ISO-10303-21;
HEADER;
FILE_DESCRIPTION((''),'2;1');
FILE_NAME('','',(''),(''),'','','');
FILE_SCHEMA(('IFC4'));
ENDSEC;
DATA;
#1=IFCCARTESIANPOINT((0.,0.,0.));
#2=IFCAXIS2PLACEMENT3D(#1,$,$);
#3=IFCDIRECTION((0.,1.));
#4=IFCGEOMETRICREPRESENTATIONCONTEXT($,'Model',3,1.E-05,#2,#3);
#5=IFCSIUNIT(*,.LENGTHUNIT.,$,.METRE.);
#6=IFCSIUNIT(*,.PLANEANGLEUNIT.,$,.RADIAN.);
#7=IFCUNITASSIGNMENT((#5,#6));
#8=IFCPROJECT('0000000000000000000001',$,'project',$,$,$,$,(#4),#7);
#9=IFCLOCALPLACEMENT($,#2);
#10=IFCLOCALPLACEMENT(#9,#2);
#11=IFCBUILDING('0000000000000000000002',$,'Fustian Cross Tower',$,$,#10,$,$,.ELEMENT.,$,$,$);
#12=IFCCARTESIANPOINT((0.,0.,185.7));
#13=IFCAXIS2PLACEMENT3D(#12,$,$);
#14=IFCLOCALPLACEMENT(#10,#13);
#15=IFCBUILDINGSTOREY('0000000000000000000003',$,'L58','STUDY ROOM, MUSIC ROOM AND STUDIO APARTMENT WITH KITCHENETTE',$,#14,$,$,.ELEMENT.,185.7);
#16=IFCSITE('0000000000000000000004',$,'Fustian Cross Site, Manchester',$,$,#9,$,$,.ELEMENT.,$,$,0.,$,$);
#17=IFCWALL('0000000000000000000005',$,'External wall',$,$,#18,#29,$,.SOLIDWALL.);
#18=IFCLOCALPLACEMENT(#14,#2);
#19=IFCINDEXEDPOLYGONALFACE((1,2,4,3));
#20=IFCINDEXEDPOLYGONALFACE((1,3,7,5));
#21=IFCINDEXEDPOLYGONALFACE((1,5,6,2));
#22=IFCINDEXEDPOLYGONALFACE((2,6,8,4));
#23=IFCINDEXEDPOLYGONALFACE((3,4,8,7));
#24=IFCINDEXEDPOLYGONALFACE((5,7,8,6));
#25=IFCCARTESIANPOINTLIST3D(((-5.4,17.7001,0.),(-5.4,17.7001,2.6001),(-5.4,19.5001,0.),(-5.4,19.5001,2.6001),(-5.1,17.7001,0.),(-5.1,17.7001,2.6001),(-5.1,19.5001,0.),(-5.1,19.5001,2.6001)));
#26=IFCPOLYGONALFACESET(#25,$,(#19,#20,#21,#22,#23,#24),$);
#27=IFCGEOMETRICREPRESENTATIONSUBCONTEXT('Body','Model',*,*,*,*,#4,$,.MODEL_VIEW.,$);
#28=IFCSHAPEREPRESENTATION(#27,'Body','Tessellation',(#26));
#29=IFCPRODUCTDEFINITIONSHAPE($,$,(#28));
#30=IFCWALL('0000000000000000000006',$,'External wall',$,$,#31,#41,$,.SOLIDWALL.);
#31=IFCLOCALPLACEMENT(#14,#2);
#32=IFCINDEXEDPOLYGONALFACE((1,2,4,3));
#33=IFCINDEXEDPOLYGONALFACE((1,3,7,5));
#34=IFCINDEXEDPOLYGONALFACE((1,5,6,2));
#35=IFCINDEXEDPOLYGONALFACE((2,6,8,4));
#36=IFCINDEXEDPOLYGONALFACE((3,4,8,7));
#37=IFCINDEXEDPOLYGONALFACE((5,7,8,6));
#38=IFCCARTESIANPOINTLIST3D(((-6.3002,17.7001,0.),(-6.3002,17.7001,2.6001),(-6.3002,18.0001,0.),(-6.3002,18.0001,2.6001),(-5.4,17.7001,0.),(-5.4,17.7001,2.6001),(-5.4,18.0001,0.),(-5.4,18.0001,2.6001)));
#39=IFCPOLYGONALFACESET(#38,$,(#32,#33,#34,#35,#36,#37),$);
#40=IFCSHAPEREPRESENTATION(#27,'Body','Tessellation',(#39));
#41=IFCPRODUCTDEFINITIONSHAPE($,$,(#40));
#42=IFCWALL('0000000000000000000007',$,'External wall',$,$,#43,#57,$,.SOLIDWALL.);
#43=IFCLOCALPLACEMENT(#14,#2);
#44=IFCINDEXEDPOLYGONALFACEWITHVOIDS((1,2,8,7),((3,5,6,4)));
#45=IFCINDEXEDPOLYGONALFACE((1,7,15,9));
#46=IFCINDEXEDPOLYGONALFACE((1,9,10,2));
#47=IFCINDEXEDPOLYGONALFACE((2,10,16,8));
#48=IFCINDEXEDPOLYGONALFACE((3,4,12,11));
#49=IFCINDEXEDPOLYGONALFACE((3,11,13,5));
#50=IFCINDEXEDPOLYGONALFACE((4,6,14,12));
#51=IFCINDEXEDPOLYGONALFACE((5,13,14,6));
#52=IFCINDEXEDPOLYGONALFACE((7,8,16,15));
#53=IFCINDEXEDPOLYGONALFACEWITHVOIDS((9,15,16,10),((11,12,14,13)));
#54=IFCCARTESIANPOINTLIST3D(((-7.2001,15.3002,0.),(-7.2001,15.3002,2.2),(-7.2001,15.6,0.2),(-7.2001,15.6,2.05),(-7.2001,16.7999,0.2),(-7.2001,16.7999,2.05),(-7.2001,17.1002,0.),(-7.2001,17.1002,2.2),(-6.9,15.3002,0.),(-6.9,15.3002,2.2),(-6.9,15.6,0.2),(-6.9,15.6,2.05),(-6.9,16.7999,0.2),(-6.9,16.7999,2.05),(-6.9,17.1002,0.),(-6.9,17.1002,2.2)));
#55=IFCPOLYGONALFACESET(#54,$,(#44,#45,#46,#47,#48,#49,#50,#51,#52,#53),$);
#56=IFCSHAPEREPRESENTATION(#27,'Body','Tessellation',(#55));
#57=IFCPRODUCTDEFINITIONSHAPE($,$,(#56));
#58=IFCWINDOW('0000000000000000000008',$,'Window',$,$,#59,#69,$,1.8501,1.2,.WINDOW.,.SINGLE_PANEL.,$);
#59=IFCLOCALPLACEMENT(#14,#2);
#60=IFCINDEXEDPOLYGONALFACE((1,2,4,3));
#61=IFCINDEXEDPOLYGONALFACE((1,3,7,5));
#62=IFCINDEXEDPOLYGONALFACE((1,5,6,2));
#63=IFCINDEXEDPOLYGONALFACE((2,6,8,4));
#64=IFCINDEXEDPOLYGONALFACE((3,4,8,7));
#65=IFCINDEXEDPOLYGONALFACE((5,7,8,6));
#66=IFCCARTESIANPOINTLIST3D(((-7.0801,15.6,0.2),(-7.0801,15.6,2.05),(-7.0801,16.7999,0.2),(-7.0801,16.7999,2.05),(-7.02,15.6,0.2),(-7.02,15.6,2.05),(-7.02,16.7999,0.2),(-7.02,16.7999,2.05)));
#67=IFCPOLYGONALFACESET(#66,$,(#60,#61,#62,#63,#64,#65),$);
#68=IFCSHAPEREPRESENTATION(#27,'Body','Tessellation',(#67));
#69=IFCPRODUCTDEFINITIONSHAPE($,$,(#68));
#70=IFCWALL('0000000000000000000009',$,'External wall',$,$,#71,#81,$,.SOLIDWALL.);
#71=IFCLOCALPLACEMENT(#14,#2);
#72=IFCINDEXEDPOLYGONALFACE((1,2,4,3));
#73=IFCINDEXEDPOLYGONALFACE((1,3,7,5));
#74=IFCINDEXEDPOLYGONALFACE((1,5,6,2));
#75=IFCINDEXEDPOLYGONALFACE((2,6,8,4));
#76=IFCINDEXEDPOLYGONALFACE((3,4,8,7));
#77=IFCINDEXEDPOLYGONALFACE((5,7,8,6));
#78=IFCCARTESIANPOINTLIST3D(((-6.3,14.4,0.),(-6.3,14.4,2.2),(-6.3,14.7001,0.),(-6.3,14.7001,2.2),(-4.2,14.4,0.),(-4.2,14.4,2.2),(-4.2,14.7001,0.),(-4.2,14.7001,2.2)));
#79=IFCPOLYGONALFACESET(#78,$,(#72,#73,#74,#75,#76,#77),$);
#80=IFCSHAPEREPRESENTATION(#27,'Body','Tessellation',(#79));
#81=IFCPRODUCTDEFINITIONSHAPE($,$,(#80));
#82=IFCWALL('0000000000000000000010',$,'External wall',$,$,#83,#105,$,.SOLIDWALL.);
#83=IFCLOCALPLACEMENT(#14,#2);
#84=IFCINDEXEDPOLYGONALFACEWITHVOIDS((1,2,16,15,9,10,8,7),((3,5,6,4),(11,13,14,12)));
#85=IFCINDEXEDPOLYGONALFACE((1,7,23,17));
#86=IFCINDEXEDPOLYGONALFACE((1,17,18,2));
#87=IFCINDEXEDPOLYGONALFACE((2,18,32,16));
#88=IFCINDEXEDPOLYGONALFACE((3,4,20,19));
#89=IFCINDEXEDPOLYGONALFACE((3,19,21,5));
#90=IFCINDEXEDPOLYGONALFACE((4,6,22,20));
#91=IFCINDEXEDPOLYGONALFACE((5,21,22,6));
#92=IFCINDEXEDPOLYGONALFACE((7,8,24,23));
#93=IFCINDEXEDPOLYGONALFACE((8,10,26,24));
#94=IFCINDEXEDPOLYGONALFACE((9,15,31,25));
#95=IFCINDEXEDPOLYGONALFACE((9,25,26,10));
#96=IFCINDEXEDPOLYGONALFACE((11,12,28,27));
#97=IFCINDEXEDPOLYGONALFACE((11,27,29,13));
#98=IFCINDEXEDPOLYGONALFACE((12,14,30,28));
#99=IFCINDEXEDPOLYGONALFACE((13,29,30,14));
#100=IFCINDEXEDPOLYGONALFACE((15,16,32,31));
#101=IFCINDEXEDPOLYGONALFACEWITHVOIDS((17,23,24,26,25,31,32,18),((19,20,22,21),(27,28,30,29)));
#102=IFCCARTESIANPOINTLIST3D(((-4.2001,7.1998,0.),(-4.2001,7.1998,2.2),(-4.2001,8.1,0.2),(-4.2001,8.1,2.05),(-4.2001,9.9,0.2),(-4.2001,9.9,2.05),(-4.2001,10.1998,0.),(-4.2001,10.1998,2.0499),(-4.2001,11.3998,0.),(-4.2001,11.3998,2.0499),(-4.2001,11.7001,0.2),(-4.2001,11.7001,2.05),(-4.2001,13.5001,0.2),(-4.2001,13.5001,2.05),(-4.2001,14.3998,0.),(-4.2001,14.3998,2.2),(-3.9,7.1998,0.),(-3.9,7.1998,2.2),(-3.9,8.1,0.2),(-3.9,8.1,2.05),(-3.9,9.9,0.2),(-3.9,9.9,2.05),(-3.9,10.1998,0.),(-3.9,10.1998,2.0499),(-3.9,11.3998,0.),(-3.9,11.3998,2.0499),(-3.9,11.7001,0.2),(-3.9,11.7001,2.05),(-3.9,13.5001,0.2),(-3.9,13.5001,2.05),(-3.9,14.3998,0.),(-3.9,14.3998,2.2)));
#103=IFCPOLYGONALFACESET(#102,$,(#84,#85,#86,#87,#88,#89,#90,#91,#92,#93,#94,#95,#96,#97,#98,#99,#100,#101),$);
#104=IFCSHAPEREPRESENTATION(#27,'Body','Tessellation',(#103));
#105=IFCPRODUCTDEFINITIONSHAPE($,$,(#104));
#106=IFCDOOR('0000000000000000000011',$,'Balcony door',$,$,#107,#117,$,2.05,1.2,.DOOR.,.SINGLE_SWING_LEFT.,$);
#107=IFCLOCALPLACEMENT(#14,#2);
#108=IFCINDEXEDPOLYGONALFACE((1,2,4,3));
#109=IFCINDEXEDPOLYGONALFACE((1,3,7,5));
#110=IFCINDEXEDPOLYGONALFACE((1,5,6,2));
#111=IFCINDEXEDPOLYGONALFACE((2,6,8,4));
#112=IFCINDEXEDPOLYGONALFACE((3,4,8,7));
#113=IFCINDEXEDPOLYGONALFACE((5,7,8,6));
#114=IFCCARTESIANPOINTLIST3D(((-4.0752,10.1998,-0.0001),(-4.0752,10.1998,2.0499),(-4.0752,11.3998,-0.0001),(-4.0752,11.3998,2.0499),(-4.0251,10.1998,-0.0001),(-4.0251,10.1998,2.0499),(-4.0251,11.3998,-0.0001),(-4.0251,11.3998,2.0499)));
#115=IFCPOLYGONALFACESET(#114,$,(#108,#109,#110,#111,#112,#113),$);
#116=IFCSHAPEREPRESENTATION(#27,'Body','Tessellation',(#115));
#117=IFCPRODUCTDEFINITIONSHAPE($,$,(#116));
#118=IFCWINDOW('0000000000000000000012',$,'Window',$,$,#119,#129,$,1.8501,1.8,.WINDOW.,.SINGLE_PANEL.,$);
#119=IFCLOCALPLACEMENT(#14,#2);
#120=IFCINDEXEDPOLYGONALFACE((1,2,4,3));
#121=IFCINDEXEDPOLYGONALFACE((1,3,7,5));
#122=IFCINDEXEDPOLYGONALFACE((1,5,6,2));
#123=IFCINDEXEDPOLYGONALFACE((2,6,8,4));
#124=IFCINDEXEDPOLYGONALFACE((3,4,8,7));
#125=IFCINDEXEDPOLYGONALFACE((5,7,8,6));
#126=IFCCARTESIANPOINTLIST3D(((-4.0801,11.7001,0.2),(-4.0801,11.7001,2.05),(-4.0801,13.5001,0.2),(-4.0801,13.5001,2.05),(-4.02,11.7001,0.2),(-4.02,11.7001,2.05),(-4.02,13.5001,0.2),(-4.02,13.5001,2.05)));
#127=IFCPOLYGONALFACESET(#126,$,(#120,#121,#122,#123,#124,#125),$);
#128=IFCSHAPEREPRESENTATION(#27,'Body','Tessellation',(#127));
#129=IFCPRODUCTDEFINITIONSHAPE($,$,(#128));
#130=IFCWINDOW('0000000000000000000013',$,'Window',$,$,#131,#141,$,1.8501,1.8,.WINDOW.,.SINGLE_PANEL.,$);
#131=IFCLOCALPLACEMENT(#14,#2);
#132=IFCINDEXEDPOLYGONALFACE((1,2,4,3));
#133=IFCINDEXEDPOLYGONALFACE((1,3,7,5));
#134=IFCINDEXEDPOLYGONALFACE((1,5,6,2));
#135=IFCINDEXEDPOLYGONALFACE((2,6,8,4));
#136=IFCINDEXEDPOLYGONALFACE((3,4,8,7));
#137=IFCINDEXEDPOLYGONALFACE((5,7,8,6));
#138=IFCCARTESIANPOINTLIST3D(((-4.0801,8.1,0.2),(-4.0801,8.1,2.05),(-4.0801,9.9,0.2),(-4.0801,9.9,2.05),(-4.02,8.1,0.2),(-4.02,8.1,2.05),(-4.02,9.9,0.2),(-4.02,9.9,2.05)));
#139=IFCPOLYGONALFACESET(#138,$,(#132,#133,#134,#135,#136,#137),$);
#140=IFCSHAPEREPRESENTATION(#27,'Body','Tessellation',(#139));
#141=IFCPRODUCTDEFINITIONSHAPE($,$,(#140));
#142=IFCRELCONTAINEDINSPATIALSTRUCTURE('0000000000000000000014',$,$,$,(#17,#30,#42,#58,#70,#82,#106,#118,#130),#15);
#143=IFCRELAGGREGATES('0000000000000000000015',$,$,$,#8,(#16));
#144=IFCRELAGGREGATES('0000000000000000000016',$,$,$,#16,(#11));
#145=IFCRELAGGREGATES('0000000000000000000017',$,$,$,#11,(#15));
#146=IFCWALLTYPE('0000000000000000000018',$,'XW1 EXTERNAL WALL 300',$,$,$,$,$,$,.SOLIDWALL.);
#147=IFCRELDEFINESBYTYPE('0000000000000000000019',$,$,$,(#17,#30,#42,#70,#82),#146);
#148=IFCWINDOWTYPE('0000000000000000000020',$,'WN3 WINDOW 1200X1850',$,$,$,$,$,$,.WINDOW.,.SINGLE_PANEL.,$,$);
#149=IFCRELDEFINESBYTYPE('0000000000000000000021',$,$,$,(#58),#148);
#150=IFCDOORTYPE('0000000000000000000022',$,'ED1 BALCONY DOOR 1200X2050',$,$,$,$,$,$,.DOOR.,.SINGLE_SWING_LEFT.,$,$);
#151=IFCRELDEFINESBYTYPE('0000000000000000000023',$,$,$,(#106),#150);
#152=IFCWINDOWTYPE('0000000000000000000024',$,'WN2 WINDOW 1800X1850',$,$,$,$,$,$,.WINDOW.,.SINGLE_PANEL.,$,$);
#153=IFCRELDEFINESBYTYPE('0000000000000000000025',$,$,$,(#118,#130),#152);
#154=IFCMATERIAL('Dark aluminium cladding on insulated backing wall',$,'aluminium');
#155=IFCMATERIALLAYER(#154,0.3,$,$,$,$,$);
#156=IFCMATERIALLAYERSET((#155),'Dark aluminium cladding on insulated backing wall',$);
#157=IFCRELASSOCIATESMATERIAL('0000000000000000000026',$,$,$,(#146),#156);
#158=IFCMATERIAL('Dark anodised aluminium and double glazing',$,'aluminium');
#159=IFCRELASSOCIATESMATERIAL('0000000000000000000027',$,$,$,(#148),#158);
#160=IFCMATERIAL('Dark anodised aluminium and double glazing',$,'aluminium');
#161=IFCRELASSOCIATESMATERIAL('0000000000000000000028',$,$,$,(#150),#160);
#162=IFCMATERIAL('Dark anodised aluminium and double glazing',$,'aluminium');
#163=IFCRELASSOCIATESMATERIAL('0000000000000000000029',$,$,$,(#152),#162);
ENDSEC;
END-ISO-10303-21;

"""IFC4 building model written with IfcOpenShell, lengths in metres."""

from ifc_helpers import new_model, si_unit, direction, frame, frame_2d, origin, place, context, subcontext, project, spatial, rectangle, extrude, material, layer, layer_set, type_object, element, fill, save


model = new_model("IFC4")

# Units and contexts
model_context = context("Model", 3, precision=1e-05, world=origin(), true_north=direction((0.0, 1.0)))
body_context = subcontext(model_context, "Body", "Model", "MODEL_VIEW")
ifc_project = project(units=[si_unit("LENGTHUNIT", "METRE"), si_unit("PLANEANGLEUNIT", "RADIAN")], contexts=[model_context])

# Site, building, storey
site_placement = place(None, origin())
site = spatial("IfcSite", under=ifc_project, at=site_placement, Name="Fustian Cross Site, Manchester", CompositionType="ELEMENT", RefElevation=0.0)
building_placement = place(site_placement, origin())
building = spatial("IfcBuilding", under=site, at=building_placement, Name="Fustian Cross Tower", CompositionType="ELEMENT")
storey_placement = place(building_placement, frame((0.0, 0.0, 185.7)))
storey = spatial("IfcBuildingStorey", under=building, at=storey_placement, Name="L58", Description="STUDY ROOM, MUSIC ROOM AND STUDIO APARTMENT WITH KITCHENETTE", CompositionType="ELEMENT", Elevation=185.7)

# Shared definitions
ifc_material_1 = material(Name="Dark aluminium cladding on insulated backing wall", Category="aluminium")
ifc_layer_1 = layer(ifc_material_1, 0.3)
ifc_layer_set_1 = layer_set([ifc_layer_1], Name="Dark aluminium cladding on insulated backing wall")
wall_type_1 = type_object("IfcWallType", Name="XW1 EXTERNAL WALL 300", PredefinedType="SOLIDWALL", material=ifc_layer_set_1)

# Shared definitions
ifc_material_2 = material(Name="Dark anodised aluminium and double glazing", Category="aluminium")
window_type_1 = type_object("IfcWindowType", Name="WN3 WINDOW 1200X1850", PartitioningType="SINGLE_PANEL", PredefinedType="WINDOW", material=ifc_material_2)

# Walls
wall_1_placement = place(storey_placement, frame((-5.25, 19.5, 0.0), z_axis=(0.0, 0.0, 1.0), x_axis=(0.0, -1.0, 0.0)))
element("IfcWall", 1, at=wall_1_placement, inside=storey, type_object=wall_type_1, Name="External wall", PredefinedType="SOLIDWALL", context=body_context, shape_type="SweptSolid", body=[
    extrude(rectangle(XDim=1.8, YDim=0.3, at=frame_2d((0.8999, 0.0))), origin(), (0.0, 0.0, 1.0), 2.6001),
])
wall_2_placement = place(storey_placement, frame((-5.3999, 17.8501, 0.0), z_axis=(0.0, 0.0, 1.0), x_axis=(-1.0, 0.0, 0.0)))
element("IfcWall", 2, at=wall_2_placement, inside=storey, type_object=wall_type_1, Name="External wall", PredefinedType="SOLIDWALL", context=body_context, shape_type="SweptSolid", body=[
    extrude(rectangle(XDim=0.9001, YDim=0.3, at=frame_2d((0.4502, 0.0))), origin(), (0.0, 0.0, 1.0), 2.6001),
])

# Wall, opening, window
wall_3_placement = place(storey_placement, frame((-7.05, 17.1001, 0.0), z_axis=(0.0, 0.0, 1.0), x_axis=(0.0, -1.0, 0.0)))
wall_3 = element("IfcWall", 3, at=wall_3_placement, inside=storey, type_object=wall_type_1, Name="External wall", PredefinedType="SOLIDWALL", context=body_context, shape_type="SweptSolid", body=[
    extrude(rectangle(XDim=1.8, YDim=0.3, at=frame_2d((0.8999, 0.0))), origin(), (0.0, 0.0, 1.0), 2.2),
])
opening_1_placement = place(wall_3_placement, frame((0.3, 0.0, 0.2)))
opening_1 = element("IfcOpeningElement", 4, at=opening_1_placement, cuts=wall_3, PredefinedType="OPENING", context=body_context, shape_type="SweptSolid", body=[
    extrude(rectangle(XDim=1.2, YDim=1.8501, at=frame_2d((0.6001, 0.925))), frame((0.0, 0.1599, 0.0), z_axis=(0.0, -1.0, 0.0), x_axis=(1.0, 0.0, 0.0)), (0.0, 0.0, 1.0), 0.3201),
])
window_1_placement = place(opening_1_placement, origin())
window_1 = element("IfcWindow", 5, at=window_1_placement, inside=storey, type_object=window_type_1, Name="Window", OverallHeight=1.8501, OverallWidth=1.2, PartitioningType="SINGLE_PANEL", PredefinedType="WINDOW", context=body_context, shape_type="SweptSolid", body=[
    extrude(rectangle(XDim=1.2, YDim=1.8501, at=frame_2d((0.6001, 0.925))), frame((0.0, 0.03, 0.0), z_axis=(0.0, -1.0, 0.0), x_axis=(1.0, 0.0, 0.0)), (0.0, 0.0, 1.0), 0.0601),
])
fill(opening_1, window_1)

# Wall
wall_4_placement = place(storey_placement, frame((-6.3, 14.55, 0.0), z_axis=(0.0, 0.0, 1.0), x_axis=(1.0, 0.0, 0.0)))
element("IfcWall", 6, at=wall_4_placement, inside=storey, type_object=wall_type_1, Name="External wall", PredefinedType="SOLIDWALL", context=body_context, shape_type="SweptSolid", body=[
    extrude(rectangle(XDim=2.1001, YDim=0.3, at=frame_2d((1.05, 0.0))), origin(), (0.0, 0.0, 1.0), 2.2),
])

# Wall, openings, door, windows
wall_5_placement = place(storey_placement, frame((-4.05, 14.3999, 0.0), z_axis=(0.0, 0.0, 1.0), x_axis=(0.0, -1.0, 0.0)))
wall_5 = element("IfcWall", 7, at=wall_5_placement, inside=storey, type_object=wall_type_1, Name="External wall", PredefinedType="SOLIDWALL", context=body_context, shape_type="SweptSolid", body=[
    extrude(rectangle(XDim=7.2, YDim=0.3, at=frame_2d((3.6001, 0.0))), origin(), (0.0, 0.0, 1.0), 2.2),
])
opening_2_placement = place(wall_5_placement, frame((3.0, 0.0, 0.0)))
opening_2 = element("IfcOpeningElement", 8, at=opening_2_placement, cuts=wall_5, PredefinedType="OPENING", context=body_context, shape_type="SweptSolid", body=[
    extrude(rectangle(XDim=1.2, YDim=2.05, at=frame_2d((0.6001, 1.0249))), frame((0.0, 0.1599, 0.0), z_axis=(0.0, -1.0, 0.0), x_axis=(1.0, 0.0, 0.0)), (0.0, 0.0, 1.0), 0.3201),
])
opening_3_placement = place(wall_5_placement, frame((0.8999, 0.0, 0.2)))
opening_3 = element("IfcOpeningElement", 9, at=opening_3_placement, cuts=wall_5, PredefinedType="OPENING", context=body_context, shape_type="SweptSolid", body=[
    extrude(rectangle(XDim=1.8, YDim=1.8501, at=frame_2d((0.8999, 0.925))), frame((0.0, 0.1599, 0.0), z_axis=(0.0, -1.0, 0.0), x_axis=(1.0, 0.0, 0.0)), (0.0, 0.0, 1.0), 0.3201),
])
opening_4_placement = place(wall_5_placement, frame((4.5, 0.0, 0.2)))
opening_4 = element("IfcOpeningElement", 10, at=opening_4_placement, cuts=wall_5, PredefinedType="OPENING", context=body_context, shape_type="SweptSolid", body=[
    extrude(rectangle(XDim=1.8, YDim=1.8501, at=frame_2d((0.8999, 0.925))), frame((0.0, 0.1599, 0.0), z_axis=(0.0, -1.0, 0.0), x_axis=(1.0, 0.0, 0.0)), (0.0, 0.0, 1.0), 0.3201),
])
ifc_material_3 = material(Name="Dark anodised aluminium and double glazing", Category="aluminium")
door_type = type_object("IfcDoorType", Name="ED1 BALCONY DOOR 1200X2050", OperationType="SINGLE_SWING_LEFT", PredefinedType="DOOR", material=ifc_material_3)
door_placement = place(opening_2_placement, origin())
door = element("IfcDoor", 11, at=door_placement, inside=storey, type_object=door_type, Name="Balcony door", OperationType="SINGLE_SWING_LEFT", OverallHeight=2.05, OverallWidth=1.2, PredefinedType="DOOR", context=body_context, shape_type="SweptSolid", body=[
    extrude(rectangle(XDim=1.2, YDim=2.05, at=frame_2d((0.6001, 1.0249))), frame((0.0, 0.0249, 0.0), z_axis=(0.0, -1.0, 0.0), x_axis=(1.0, 0.0, 0.0)), (0.0, 0.0, 1.0), 0.05),
])
fill(opening_2, door)
ifc_material_4 = material(Name="Dark anodised aluminium and double glazing", Category="aluminium")
window_type_2 = type_object("IfcWindowType", Name="WN2 WINDOW 1800X1850", PartitioningType="SINGLE_PANEL", PredefinedType="WINDOW", material=ifc_material_4)
window_2_placement = place(opening_3_placement, origin())
window_2 = element("IfcWindow", 12, at=window_2_placement, inside=storey, type_object=window_type_2, Name="Window", OverallHeight=1.8501, OverallWidth=1.8, PartitioningType="SINGLE_PANEL", PredefinedType="WINDOW", context=body_context, shape_type="SweptSolid", body=[
    extrude(rectangle(XDim=1.8, YDim=1.8501, at=frame_2d((0.8999, 0.925))), frame((0.0, 0.03, 0.0), z_axis=(0.0, -1.0, 0.0), x_axis=(1.0, 0.0, 0.0)), (0.0, 0.0, 1.0), 0.0601),
])
fill(opening_3, window_2)
window_3_placement = place(opening_4_placement, origin())
window_3 = element("IfcWindow", 13, at=window_3_placement, inside=storey, type_object=window_type_2, Name="Window", OverallHeight=1.8501, OverallWidth=1.8, PartitioningType="SINGLE_PANEL", PredefinedType="WINDOW", context=body_context, shape_type="SweptSolid", body=[
    extrude(rectangle(XDim=1.8, YDim=1.8501, at=frame_2d((0.8999, 0.925))), frame((0.0, 0.03, 0.0), z_axis=(0.0, -1.0, 0.0), x_axis=(1.0, 0.0, 0.0)), (0.0, 0.0, 1.0), 0.0601),
])
fill(opening_4, window_3)

save(model, "model.ifc")
